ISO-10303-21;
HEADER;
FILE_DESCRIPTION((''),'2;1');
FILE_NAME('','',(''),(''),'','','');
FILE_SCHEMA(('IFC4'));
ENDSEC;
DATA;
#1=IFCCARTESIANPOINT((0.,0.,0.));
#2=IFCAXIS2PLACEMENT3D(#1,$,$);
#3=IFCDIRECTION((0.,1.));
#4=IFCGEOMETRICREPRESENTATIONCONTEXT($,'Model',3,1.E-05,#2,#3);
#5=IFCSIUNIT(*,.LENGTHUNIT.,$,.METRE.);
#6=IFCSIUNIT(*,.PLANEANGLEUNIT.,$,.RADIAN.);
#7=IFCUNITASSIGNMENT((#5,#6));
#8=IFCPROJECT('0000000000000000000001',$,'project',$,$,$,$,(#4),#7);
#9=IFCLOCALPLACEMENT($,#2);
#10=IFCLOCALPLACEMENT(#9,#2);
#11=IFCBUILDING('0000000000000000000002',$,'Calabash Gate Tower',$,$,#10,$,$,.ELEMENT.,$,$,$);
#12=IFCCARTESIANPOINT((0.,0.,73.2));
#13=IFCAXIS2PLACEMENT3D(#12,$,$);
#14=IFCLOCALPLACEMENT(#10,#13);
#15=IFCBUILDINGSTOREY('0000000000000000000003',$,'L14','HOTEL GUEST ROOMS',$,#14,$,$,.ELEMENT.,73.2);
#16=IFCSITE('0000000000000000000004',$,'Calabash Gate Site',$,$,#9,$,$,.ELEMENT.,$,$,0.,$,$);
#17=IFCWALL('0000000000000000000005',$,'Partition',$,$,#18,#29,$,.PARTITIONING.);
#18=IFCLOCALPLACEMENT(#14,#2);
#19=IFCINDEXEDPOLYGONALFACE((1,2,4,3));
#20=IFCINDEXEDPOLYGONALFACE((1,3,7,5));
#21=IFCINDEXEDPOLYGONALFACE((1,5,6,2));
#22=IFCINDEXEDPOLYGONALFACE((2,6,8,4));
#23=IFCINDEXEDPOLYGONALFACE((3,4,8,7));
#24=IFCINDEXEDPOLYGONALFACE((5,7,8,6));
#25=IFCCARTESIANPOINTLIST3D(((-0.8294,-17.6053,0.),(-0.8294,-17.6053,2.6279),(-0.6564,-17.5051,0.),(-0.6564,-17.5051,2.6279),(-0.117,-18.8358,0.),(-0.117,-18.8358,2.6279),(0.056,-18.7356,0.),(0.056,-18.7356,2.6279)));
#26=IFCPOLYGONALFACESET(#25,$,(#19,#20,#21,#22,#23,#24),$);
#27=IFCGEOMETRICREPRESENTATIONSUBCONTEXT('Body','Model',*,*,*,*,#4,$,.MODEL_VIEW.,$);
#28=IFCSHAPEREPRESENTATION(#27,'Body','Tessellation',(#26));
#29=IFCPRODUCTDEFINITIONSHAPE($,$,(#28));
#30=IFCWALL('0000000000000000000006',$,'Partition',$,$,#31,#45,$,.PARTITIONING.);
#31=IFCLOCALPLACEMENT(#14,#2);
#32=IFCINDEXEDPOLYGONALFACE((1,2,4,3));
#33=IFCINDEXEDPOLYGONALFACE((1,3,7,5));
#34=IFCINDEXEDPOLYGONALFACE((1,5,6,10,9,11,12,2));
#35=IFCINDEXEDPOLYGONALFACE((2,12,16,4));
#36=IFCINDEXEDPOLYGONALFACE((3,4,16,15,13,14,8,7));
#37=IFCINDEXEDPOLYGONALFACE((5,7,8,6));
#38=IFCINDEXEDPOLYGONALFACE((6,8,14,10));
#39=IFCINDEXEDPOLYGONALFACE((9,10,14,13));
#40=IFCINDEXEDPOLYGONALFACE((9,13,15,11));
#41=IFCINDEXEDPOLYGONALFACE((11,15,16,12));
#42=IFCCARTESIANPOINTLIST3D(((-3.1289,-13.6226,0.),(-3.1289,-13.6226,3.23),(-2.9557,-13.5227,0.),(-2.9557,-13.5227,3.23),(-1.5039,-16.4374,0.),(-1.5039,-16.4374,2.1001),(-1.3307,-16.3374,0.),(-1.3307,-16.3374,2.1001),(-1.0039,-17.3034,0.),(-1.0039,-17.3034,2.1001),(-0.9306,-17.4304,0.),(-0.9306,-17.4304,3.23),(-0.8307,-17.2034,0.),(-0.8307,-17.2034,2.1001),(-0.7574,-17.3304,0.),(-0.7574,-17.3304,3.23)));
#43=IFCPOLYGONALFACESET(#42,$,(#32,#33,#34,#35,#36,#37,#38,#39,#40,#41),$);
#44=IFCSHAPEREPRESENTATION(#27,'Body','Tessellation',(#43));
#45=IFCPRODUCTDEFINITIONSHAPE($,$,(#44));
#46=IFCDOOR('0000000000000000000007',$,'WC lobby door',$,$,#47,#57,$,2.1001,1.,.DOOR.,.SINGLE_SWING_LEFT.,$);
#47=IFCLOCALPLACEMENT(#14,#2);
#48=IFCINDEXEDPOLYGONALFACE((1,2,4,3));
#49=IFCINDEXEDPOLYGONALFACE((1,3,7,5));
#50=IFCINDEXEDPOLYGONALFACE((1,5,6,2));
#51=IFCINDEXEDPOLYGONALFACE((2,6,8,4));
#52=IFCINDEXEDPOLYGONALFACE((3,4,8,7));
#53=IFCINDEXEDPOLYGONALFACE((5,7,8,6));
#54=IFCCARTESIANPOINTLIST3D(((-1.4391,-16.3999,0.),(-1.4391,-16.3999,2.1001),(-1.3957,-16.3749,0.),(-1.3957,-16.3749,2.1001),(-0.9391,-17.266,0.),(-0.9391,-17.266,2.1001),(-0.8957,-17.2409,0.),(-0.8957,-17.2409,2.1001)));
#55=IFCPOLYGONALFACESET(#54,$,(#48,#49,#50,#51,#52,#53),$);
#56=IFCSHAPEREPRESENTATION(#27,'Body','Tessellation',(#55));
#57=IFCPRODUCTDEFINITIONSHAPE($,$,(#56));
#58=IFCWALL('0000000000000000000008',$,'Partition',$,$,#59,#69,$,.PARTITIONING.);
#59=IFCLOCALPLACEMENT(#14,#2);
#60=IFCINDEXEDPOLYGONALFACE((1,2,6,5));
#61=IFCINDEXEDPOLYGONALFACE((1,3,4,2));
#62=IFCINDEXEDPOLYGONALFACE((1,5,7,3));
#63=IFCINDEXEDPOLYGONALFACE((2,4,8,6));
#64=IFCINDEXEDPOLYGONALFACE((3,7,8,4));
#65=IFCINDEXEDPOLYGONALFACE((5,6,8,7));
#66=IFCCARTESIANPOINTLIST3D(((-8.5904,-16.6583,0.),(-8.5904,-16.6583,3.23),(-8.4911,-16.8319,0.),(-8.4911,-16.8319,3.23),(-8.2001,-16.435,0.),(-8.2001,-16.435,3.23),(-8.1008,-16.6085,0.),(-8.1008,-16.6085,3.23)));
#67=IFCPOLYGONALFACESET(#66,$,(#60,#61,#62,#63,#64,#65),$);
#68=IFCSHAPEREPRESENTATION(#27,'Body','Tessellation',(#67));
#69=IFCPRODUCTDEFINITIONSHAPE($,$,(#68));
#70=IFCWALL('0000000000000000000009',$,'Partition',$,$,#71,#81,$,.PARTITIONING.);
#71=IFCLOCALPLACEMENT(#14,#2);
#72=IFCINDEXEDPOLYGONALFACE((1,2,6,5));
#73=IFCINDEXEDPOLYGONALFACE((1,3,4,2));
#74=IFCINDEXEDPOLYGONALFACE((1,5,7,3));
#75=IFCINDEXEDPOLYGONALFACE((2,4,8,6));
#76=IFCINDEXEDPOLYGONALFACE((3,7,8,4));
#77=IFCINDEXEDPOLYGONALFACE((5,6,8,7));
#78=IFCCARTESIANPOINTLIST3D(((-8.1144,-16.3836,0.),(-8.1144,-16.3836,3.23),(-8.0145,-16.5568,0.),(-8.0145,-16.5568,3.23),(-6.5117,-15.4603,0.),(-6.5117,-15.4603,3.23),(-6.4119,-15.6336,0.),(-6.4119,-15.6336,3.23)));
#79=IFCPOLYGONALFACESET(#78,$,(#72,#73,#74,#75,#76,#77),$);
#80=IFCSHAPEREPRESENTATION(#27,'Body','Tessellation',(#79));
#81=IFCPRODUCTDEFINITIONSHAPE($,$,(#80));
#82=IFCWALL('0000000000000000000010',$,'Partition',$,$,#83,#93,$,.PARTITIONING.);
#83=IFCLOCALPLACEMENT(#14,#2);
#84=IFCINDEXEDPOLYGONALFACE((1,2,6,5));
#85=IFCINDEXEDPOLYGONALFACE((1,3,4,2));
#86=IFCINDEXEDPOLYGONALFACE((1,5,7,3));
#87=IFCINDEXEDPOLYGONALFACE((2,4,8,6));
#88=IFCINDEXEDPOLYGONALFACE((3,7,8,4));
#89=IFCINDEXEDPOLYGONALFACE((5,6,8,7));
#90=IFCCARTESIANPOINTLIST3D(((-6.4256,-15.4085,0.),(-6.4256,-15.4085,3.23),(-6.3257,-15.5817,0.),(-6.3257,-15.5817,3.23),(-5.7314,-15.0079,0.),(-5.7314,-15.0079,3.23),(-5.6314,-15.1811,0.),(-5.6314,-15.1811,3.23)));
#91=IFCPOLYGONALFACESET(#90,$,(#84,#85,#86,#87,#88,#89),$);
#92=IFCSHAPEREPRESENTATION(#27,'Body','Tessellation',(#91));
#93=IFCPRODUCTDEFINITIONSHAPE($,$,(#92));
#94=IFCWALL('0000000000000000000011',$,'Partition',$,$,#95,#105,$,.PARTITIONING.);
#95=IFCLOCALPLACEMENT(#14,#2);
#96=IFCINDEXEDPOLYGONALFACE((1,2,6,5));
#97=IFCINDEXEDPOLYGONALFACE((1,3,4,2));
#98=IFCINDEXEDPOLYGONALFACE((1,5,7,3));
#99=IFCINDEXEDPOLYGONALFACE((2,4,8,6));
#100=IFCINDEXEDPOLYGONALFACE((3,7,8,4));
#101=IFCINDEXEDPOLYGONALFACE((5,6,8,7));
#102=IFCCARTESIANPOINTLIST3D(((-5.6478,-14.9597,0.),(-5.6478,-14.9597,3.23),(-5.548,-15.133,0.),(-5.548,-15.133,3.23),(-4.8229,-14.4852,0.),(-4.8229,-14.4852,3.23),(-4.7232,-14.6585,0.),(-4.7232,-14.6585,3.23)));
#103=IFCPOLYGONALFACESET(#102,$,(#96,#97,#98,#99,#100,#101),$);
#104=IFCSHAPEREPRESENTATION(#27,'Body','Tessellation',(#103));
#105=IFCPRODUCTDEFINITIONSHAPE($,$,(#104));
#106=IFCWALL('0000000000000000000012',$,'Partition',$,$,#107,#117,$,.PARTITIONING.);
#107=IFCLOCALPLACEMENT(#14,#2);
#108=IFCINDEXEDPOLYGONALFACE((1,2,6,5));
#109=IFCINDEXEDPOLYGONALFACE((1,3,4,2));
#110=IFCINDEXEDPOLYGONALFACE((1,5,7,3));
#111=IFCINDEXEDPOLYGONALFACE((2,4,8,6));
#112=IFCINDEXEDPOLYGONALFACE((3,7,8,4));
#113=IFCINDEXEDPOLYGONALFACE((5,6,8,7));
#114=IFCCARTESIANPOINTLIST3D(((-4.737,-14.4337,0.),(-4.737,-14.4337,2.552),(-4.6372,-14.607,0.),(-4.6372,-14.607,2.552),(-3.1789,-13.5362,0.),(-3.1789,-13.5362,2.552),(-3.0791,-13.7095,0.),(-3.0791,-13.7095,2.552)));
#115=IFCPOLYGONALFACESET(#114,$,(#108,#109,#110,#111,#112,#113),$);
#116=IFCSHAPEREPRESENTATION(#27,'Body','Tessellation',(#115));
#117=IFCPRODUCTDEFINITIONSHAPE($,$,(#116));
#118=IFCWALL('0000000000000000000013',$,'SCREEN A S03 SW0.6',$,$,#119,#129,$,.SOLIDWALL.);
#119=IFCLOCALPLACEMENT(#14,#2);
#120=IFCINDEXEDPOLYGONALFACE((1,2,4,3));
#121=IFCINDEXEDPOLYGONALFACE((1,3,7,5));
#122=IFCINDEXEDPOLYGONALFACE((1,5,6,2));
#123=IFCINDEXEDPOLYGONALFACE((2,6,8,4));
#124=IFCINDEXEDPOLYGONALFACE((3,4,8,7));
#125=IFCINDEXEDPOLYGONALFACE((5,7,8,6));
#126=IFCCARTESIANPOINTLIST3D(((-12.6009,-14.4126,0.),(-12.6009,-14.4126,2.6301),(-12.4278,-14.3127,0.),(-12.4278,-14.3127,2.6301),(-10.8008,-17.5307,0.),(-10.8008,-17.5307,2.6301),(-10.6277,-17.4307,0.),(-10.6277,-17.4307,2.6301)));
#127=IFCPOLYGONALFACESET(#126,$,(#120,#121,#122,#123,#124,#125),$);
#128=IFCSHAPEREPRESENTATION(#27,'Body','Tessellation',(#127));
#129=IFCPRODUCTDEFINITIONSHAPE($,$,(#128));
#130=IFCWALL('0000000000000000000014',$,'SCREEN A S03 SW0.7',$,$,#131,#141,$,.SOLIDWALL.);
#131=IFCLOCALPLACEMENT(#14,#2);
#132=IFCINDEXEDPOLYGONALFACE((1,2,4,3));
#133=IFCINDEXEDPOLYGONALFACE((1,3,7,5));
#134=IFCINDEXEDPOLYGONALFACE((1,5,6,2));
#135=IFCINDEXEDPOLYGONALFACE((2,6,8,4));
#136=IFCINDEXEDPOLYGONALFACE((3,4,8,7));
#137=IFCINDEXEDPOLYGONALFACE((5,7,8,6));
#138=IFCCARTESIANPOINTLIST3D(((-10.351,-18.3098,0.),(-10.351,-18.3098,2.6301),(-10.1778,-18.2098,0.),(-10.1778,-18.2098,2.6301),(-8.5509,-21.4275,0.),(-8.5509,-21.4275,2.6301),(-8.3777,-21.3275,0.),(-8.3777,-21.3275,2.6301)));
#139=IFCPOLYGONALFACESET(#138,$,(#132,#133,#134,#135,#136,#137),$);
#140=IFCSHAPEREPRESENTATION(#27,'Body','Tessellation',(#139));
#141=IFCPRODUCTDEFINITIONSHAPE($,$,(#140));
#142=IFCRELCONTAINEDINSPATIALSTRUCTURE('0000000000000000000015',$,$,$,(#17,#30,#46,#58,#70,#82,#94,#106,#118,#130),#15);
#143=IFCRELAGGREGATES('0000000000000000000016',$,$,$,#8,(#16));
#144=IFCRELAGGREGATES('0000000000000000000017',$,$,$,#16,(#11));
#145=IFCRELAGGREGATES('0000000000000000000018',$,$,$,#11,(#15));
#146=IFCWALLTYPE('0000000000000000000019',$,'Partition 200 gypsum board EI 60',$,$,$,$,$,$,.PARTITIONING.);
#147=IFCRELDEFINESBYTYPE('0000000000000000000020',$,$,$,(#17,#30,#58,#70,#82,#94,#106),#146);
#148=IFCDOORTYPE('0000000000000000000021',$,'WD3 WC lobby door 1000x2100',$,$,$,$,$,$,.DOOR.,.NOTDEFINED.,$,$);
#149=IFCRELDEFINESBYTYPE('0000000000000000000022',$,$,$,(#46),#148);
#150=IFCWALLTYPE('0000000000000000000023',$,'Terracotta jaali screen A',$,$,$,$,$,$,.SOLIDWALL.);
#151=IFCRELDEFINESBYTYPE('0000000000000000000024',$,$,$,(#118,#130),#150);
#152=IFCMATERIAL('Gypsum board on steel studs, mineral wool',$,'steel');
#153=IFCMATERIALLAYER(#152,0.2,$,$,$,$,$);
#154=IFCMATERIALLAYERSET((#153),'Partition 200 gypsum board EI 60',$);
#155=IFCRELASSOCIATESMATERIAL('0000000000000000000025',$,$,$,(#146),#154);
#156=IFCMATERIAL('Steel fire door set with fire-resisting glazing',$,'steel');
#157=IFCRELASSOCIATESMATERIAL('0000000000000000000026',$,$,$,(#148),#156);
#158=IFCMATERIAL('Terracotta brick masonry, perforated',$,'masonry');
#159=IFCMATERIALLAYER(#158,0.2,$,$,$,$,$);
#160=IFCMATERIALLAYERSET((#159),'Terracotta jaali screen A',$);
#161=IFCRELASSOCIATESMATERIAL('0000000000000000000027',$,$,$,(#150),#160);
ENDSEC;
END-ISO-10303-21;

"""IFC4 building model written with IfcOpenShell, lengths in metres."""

from ifc_helpers import new_model, si_unit, direction, frame, frame_2d, origin, place, context, subcontext, project, spatial, rectangle, extrude, material, layer, layer_set, type_object, element, fill, save


model = new_model("IFC4")

# Units and contexts
model_context = context("Model", 3, precision=1e-05, world=origin(), true_north=direction((0.0, 1.0)))
body_context = subcontext(model_context, "Body", "Model", "MODEL_VIEW")
ifc_project = project(units=[si_unit("LENGTHUNIT", "METRE"), si_unit("PLANEANGLEUNIT", "RADIAN")], contexts=[model_context])

# Site, building, storey
site_placement = place(None, origin())
site = spatial("IfcSite", under=ifc_project, at=site_placement, Name="Calabash Gate Site", CompositionType="ELEMENT", RefElevation=0.0)
building_placement = place(site_placement, origin())
building = spatial("IfcBuilding", under=site, at=building_placement, Name="Calabash Gate Tower", CompositionType="ELEMENT")
storey_placement = place(building_placement, frame((0.0, 0.0, 73.2)))
storey = spatial("IfcBuildingStorey", under=building, at=storey_placement, Name="L14", Description="HOTEL GUEST ROOMS", CompositionType="ELEMENT", Elevation=73.2)

# Wall
ifc_material_1 = material(Name="Gypsum board on steel studs, mineral wool", Category="steel")
ifc_layer_1 = layer(ifc_material_1, 0.2)
ifc_layer_set_1 = layer_set([ifc_layer_1], Name="Partition 200 gypsum board EI 60")
wall_type_1 = type_object("IfcWallType", Name="Partition 200 gypsum board EI 60", PredefinedType="PARTITIONING", material=ifc_layer_set_1)
wall_1_placement = place(storey_placement, frame((-0.7429, -17.5552, 0.0), z_axis=(0.0, 0.0, 1.0), x_axis=(0.50105, -0.865418, 0.0)))
element("IfcWall", 1, at=wall_1_placement, inside=storey, type_object=wall_type_1, Name="Partition", PredefinedType="PARTITIONING", context=body_context, shape_type="SweptSolid", body=[
    extrude(rectangle(XDim=1.4219, YDim=0.2, at=frame_2d((0.7109, 0.0))), origin(), (0.0, 0.0, 1.0), 2.6279),
])

# Wall, opening, door
wall_2_placement = place(storey_placement, frame((-3.0422, -13.5728, 0.0), z_axis=(0.0, 0.0, 1.0), x_axis=(0.499985, -0.866034, 0.0)))
wall_2 = element("IfcWall", 2, at=wall_2_placement, inside=storey, type_object=wall_type_1, Name="Partition", PredefinedType="PARTITIONING", context=body_context, shape_type="SweptSolid", body=[
    extrude(rectangle(XDim=4.3967, YDim=0.2, at=frame_2d((2.1982, 0.0))), origin(), (0.0, 0.0, 1.0), 3.23),
])
opening_1_placement = place(wall_2_placement, frame((3.25, 0.0, 0.0)))
opening_1 = element("IfcOpeningElement", 3, at=opening_1_placement, cuts=wall_2, PredefinedType="OPENING", context=body_context, shape_type="SweptSolid", body=[
    extrude(rectangle(XDim=1.0, YDim=2.1001, at=frame_2d((0.5, 1.05))), frame((0.0, 0.1099, 0.0), z_axis=(0.0, -1.0, 0.0), x_axis=(1.0, 0.0, 0.0)), (0.0, 0.0, 1.0), 0.22),
])
ifc_material_2 = material(Name="Steel fire door set with fire-resisting glazing", Category="steel")
door_type_1 = type_object("IfcDoorType", Name="WD3 WC lobby door 1000x2100", OperationType="NOTDEFINED", PredefinedType="DOOR", material=ifc_material_2)
door_1_placement = place(opening_1_placement, origin())
door_1 = element("IfcDoor", 4, at=door_1_placement, inside=storey, type_object=door_type_1, Name="WC lobby door", OperationType="SINGLE_SWING_LEFT", OverallHeight=2.1001, OverallWidth=1.0, PredefinedType="DOOR", context=body_context, shape_type="SweptSolid", body=[
    extrude(rectangle(XDim=1.0, YDim=2.1001, at=frame_2d((0.5, 1.05))), frame((0.0, 0.0249, 0.0), z_axis=(0.0, -1.0, 0.0), x_axis=(1.0, 0.0, 0.0)), (0.0, 0.0, 1.0), 0.05),
])
fill(opening_1, door_1)

# Walls
wall_3_placement = place(storey_placement, frame((-8.5408, -16.7451, 0.0), z_axis=(0.0, 0.0, 1.0), x_axis=(0.867942, 0.496665, 0.0)))
element("IfcWall", 5, at=wall_3_placement, inside=storey, type_object=wall_type_1, Name="Partition", PredefinedType="PARTITIONING", context=body_context, shape_type="SweptSolid", body=[
    extrude(rectangle(XDim=0.4497, YDim=0.2, at=frame_2d((0.2249, 0.0))), origin(), (0.0, 0.0, 1.0), 3.23),
])
wall_4_placement = place(storey_placement, frame((-8.0645, -16.4702, 0.0), z_axis=(0.0, 0.0, 1.0), x_axis=(0.8665, 0.499178, 0.0)))
element("IfcWall", 6, at=wall_4_placement, inside=storey, type_object=wall_type_1, Name="Partition", PredefinedType="PARTITIONING", context=body_context, shape_type="SweptSolid", body=[
    extrude(rectangle(XDim=1.8496, YDim=0.2, at=frame_2d((0.9248, 0.0))), origin(), (0.0, 0.0, 1.0), 3.23),
])
wall_5_placement = place(storey_placement, frame((-6.3757, -15.4951, 0.0), z_axis=(0.0, 0.0, 1.0), x_axis=(0.866155, 0.499775, 0.0)))
element("IfcWall", 7, at=wall_5_placement, inside=storey, type_object=wall_type_1, Name="Partition", PredefinedType="PARTITIONING", context=body_context, shape_type="SweptSolid", body=[
    extrude(rectangle(XDim=0.8015, YDim=0.2, at=frame_2d((0.4009, 0.0))), origin(), (0.0, 0.0, 1.0), 3.23),
])
wall_6_placement = place(storey_placement, frame((-5.5979, -15.0464, 0.0), z_axis=(0.0, 0.0, 1.0), x_axis=(0.866787, 0.498678, 0.0)))
element("IfcWall", 8, at=wall_6_placement, inside=storey, type_object=wall_type_1, Name="Partition", PredefinedType="PARTITIONING", context=body_context, shape_type="SweptSolid", body=[
    extrude(rectangle(XDim=0.9517, YDim=0.2, at=frame_2d((0.4758, 0.0))), origin(), (0.0, 0.0, 1.0), 3.23),
])
wall_7_placement = place(storey_placement, frame((-4.687, -14.5203, 0.0), z_axis=(0.0, 0.0, 1.0), x_axis=(0.866533, 0.499119, 0.0)))
element("IfcWall", 9, at=wall_7_placement, inside=storey, type_object=wall_type_1, Name="Partition", PredefinedType="PARTITIONING", context=body_context, shape_type="SweptSolid", body=[
    extrude(rectangle(XDim=1.7981, YDim=0.2, at=frame_2d((0.8989, 0.0))), origin(), (0.0, 0.0, 1.0), 2.552),
])
ifc_material_3 = material(Name="Terracotta brick masonry, perforated", Category="masonry")
ifc_layer_2 = layer(ifc_material_3, 0.2)
ifc_layer_set_2 = layer_set([ifc_layer_2], Name="Terracotta jaali screen A")
wall_type_2 = type_object("IfcWallType", Name="Terracotta jaali screen A", PredefinedType="SOLIDWALL", material=ifc_layer_set_2)
wall_8_placement = place(storey_placement, frame((-12.5144, -14.3625, 0.0), z_axis=(0.0, 0.0, 1.0), x_axis=(0.499983, -0.866035, 0.0)))
element("IfcWall", 10, at=wall_8_placement, inside=storey, type_object=wall_type_2, Name="SCREEN A S03 SW0.6", PredefinedType="SOLIDWALL", context=body_context, shape_type="SweptSolid", body=[
    extrude(rectangle(XDim=3.6003, YDim=0.2, at=frame_2d((1.8003, 0.0))), origin(), (0.0, 0.0, 1.0), 2.6301),
])
wall_9_placement = place(storey_placement, frame((-10.2644, -18.2598, 0.0), z_axis=(0.0, 0.0, 1.0), x_axis=(0.500012, -0.866018, 0.0)))
element("IfcWall", 11, at=wall_9_placement, inside=storey, type_object=wall_type_2, Name="SCREEN A S03 SW0.7", PredefinedType="SOLIDWALL", context=body_context, shape_type="SweptSolid", body=[
    extrude(rectangle(XDim=3.6001, YDim=0.2, at=frame_2d((1.8, 0.0))), origin(), (0.0, 0.0, 1.0), 2.6301),
])

save(model, "model.ifc")
